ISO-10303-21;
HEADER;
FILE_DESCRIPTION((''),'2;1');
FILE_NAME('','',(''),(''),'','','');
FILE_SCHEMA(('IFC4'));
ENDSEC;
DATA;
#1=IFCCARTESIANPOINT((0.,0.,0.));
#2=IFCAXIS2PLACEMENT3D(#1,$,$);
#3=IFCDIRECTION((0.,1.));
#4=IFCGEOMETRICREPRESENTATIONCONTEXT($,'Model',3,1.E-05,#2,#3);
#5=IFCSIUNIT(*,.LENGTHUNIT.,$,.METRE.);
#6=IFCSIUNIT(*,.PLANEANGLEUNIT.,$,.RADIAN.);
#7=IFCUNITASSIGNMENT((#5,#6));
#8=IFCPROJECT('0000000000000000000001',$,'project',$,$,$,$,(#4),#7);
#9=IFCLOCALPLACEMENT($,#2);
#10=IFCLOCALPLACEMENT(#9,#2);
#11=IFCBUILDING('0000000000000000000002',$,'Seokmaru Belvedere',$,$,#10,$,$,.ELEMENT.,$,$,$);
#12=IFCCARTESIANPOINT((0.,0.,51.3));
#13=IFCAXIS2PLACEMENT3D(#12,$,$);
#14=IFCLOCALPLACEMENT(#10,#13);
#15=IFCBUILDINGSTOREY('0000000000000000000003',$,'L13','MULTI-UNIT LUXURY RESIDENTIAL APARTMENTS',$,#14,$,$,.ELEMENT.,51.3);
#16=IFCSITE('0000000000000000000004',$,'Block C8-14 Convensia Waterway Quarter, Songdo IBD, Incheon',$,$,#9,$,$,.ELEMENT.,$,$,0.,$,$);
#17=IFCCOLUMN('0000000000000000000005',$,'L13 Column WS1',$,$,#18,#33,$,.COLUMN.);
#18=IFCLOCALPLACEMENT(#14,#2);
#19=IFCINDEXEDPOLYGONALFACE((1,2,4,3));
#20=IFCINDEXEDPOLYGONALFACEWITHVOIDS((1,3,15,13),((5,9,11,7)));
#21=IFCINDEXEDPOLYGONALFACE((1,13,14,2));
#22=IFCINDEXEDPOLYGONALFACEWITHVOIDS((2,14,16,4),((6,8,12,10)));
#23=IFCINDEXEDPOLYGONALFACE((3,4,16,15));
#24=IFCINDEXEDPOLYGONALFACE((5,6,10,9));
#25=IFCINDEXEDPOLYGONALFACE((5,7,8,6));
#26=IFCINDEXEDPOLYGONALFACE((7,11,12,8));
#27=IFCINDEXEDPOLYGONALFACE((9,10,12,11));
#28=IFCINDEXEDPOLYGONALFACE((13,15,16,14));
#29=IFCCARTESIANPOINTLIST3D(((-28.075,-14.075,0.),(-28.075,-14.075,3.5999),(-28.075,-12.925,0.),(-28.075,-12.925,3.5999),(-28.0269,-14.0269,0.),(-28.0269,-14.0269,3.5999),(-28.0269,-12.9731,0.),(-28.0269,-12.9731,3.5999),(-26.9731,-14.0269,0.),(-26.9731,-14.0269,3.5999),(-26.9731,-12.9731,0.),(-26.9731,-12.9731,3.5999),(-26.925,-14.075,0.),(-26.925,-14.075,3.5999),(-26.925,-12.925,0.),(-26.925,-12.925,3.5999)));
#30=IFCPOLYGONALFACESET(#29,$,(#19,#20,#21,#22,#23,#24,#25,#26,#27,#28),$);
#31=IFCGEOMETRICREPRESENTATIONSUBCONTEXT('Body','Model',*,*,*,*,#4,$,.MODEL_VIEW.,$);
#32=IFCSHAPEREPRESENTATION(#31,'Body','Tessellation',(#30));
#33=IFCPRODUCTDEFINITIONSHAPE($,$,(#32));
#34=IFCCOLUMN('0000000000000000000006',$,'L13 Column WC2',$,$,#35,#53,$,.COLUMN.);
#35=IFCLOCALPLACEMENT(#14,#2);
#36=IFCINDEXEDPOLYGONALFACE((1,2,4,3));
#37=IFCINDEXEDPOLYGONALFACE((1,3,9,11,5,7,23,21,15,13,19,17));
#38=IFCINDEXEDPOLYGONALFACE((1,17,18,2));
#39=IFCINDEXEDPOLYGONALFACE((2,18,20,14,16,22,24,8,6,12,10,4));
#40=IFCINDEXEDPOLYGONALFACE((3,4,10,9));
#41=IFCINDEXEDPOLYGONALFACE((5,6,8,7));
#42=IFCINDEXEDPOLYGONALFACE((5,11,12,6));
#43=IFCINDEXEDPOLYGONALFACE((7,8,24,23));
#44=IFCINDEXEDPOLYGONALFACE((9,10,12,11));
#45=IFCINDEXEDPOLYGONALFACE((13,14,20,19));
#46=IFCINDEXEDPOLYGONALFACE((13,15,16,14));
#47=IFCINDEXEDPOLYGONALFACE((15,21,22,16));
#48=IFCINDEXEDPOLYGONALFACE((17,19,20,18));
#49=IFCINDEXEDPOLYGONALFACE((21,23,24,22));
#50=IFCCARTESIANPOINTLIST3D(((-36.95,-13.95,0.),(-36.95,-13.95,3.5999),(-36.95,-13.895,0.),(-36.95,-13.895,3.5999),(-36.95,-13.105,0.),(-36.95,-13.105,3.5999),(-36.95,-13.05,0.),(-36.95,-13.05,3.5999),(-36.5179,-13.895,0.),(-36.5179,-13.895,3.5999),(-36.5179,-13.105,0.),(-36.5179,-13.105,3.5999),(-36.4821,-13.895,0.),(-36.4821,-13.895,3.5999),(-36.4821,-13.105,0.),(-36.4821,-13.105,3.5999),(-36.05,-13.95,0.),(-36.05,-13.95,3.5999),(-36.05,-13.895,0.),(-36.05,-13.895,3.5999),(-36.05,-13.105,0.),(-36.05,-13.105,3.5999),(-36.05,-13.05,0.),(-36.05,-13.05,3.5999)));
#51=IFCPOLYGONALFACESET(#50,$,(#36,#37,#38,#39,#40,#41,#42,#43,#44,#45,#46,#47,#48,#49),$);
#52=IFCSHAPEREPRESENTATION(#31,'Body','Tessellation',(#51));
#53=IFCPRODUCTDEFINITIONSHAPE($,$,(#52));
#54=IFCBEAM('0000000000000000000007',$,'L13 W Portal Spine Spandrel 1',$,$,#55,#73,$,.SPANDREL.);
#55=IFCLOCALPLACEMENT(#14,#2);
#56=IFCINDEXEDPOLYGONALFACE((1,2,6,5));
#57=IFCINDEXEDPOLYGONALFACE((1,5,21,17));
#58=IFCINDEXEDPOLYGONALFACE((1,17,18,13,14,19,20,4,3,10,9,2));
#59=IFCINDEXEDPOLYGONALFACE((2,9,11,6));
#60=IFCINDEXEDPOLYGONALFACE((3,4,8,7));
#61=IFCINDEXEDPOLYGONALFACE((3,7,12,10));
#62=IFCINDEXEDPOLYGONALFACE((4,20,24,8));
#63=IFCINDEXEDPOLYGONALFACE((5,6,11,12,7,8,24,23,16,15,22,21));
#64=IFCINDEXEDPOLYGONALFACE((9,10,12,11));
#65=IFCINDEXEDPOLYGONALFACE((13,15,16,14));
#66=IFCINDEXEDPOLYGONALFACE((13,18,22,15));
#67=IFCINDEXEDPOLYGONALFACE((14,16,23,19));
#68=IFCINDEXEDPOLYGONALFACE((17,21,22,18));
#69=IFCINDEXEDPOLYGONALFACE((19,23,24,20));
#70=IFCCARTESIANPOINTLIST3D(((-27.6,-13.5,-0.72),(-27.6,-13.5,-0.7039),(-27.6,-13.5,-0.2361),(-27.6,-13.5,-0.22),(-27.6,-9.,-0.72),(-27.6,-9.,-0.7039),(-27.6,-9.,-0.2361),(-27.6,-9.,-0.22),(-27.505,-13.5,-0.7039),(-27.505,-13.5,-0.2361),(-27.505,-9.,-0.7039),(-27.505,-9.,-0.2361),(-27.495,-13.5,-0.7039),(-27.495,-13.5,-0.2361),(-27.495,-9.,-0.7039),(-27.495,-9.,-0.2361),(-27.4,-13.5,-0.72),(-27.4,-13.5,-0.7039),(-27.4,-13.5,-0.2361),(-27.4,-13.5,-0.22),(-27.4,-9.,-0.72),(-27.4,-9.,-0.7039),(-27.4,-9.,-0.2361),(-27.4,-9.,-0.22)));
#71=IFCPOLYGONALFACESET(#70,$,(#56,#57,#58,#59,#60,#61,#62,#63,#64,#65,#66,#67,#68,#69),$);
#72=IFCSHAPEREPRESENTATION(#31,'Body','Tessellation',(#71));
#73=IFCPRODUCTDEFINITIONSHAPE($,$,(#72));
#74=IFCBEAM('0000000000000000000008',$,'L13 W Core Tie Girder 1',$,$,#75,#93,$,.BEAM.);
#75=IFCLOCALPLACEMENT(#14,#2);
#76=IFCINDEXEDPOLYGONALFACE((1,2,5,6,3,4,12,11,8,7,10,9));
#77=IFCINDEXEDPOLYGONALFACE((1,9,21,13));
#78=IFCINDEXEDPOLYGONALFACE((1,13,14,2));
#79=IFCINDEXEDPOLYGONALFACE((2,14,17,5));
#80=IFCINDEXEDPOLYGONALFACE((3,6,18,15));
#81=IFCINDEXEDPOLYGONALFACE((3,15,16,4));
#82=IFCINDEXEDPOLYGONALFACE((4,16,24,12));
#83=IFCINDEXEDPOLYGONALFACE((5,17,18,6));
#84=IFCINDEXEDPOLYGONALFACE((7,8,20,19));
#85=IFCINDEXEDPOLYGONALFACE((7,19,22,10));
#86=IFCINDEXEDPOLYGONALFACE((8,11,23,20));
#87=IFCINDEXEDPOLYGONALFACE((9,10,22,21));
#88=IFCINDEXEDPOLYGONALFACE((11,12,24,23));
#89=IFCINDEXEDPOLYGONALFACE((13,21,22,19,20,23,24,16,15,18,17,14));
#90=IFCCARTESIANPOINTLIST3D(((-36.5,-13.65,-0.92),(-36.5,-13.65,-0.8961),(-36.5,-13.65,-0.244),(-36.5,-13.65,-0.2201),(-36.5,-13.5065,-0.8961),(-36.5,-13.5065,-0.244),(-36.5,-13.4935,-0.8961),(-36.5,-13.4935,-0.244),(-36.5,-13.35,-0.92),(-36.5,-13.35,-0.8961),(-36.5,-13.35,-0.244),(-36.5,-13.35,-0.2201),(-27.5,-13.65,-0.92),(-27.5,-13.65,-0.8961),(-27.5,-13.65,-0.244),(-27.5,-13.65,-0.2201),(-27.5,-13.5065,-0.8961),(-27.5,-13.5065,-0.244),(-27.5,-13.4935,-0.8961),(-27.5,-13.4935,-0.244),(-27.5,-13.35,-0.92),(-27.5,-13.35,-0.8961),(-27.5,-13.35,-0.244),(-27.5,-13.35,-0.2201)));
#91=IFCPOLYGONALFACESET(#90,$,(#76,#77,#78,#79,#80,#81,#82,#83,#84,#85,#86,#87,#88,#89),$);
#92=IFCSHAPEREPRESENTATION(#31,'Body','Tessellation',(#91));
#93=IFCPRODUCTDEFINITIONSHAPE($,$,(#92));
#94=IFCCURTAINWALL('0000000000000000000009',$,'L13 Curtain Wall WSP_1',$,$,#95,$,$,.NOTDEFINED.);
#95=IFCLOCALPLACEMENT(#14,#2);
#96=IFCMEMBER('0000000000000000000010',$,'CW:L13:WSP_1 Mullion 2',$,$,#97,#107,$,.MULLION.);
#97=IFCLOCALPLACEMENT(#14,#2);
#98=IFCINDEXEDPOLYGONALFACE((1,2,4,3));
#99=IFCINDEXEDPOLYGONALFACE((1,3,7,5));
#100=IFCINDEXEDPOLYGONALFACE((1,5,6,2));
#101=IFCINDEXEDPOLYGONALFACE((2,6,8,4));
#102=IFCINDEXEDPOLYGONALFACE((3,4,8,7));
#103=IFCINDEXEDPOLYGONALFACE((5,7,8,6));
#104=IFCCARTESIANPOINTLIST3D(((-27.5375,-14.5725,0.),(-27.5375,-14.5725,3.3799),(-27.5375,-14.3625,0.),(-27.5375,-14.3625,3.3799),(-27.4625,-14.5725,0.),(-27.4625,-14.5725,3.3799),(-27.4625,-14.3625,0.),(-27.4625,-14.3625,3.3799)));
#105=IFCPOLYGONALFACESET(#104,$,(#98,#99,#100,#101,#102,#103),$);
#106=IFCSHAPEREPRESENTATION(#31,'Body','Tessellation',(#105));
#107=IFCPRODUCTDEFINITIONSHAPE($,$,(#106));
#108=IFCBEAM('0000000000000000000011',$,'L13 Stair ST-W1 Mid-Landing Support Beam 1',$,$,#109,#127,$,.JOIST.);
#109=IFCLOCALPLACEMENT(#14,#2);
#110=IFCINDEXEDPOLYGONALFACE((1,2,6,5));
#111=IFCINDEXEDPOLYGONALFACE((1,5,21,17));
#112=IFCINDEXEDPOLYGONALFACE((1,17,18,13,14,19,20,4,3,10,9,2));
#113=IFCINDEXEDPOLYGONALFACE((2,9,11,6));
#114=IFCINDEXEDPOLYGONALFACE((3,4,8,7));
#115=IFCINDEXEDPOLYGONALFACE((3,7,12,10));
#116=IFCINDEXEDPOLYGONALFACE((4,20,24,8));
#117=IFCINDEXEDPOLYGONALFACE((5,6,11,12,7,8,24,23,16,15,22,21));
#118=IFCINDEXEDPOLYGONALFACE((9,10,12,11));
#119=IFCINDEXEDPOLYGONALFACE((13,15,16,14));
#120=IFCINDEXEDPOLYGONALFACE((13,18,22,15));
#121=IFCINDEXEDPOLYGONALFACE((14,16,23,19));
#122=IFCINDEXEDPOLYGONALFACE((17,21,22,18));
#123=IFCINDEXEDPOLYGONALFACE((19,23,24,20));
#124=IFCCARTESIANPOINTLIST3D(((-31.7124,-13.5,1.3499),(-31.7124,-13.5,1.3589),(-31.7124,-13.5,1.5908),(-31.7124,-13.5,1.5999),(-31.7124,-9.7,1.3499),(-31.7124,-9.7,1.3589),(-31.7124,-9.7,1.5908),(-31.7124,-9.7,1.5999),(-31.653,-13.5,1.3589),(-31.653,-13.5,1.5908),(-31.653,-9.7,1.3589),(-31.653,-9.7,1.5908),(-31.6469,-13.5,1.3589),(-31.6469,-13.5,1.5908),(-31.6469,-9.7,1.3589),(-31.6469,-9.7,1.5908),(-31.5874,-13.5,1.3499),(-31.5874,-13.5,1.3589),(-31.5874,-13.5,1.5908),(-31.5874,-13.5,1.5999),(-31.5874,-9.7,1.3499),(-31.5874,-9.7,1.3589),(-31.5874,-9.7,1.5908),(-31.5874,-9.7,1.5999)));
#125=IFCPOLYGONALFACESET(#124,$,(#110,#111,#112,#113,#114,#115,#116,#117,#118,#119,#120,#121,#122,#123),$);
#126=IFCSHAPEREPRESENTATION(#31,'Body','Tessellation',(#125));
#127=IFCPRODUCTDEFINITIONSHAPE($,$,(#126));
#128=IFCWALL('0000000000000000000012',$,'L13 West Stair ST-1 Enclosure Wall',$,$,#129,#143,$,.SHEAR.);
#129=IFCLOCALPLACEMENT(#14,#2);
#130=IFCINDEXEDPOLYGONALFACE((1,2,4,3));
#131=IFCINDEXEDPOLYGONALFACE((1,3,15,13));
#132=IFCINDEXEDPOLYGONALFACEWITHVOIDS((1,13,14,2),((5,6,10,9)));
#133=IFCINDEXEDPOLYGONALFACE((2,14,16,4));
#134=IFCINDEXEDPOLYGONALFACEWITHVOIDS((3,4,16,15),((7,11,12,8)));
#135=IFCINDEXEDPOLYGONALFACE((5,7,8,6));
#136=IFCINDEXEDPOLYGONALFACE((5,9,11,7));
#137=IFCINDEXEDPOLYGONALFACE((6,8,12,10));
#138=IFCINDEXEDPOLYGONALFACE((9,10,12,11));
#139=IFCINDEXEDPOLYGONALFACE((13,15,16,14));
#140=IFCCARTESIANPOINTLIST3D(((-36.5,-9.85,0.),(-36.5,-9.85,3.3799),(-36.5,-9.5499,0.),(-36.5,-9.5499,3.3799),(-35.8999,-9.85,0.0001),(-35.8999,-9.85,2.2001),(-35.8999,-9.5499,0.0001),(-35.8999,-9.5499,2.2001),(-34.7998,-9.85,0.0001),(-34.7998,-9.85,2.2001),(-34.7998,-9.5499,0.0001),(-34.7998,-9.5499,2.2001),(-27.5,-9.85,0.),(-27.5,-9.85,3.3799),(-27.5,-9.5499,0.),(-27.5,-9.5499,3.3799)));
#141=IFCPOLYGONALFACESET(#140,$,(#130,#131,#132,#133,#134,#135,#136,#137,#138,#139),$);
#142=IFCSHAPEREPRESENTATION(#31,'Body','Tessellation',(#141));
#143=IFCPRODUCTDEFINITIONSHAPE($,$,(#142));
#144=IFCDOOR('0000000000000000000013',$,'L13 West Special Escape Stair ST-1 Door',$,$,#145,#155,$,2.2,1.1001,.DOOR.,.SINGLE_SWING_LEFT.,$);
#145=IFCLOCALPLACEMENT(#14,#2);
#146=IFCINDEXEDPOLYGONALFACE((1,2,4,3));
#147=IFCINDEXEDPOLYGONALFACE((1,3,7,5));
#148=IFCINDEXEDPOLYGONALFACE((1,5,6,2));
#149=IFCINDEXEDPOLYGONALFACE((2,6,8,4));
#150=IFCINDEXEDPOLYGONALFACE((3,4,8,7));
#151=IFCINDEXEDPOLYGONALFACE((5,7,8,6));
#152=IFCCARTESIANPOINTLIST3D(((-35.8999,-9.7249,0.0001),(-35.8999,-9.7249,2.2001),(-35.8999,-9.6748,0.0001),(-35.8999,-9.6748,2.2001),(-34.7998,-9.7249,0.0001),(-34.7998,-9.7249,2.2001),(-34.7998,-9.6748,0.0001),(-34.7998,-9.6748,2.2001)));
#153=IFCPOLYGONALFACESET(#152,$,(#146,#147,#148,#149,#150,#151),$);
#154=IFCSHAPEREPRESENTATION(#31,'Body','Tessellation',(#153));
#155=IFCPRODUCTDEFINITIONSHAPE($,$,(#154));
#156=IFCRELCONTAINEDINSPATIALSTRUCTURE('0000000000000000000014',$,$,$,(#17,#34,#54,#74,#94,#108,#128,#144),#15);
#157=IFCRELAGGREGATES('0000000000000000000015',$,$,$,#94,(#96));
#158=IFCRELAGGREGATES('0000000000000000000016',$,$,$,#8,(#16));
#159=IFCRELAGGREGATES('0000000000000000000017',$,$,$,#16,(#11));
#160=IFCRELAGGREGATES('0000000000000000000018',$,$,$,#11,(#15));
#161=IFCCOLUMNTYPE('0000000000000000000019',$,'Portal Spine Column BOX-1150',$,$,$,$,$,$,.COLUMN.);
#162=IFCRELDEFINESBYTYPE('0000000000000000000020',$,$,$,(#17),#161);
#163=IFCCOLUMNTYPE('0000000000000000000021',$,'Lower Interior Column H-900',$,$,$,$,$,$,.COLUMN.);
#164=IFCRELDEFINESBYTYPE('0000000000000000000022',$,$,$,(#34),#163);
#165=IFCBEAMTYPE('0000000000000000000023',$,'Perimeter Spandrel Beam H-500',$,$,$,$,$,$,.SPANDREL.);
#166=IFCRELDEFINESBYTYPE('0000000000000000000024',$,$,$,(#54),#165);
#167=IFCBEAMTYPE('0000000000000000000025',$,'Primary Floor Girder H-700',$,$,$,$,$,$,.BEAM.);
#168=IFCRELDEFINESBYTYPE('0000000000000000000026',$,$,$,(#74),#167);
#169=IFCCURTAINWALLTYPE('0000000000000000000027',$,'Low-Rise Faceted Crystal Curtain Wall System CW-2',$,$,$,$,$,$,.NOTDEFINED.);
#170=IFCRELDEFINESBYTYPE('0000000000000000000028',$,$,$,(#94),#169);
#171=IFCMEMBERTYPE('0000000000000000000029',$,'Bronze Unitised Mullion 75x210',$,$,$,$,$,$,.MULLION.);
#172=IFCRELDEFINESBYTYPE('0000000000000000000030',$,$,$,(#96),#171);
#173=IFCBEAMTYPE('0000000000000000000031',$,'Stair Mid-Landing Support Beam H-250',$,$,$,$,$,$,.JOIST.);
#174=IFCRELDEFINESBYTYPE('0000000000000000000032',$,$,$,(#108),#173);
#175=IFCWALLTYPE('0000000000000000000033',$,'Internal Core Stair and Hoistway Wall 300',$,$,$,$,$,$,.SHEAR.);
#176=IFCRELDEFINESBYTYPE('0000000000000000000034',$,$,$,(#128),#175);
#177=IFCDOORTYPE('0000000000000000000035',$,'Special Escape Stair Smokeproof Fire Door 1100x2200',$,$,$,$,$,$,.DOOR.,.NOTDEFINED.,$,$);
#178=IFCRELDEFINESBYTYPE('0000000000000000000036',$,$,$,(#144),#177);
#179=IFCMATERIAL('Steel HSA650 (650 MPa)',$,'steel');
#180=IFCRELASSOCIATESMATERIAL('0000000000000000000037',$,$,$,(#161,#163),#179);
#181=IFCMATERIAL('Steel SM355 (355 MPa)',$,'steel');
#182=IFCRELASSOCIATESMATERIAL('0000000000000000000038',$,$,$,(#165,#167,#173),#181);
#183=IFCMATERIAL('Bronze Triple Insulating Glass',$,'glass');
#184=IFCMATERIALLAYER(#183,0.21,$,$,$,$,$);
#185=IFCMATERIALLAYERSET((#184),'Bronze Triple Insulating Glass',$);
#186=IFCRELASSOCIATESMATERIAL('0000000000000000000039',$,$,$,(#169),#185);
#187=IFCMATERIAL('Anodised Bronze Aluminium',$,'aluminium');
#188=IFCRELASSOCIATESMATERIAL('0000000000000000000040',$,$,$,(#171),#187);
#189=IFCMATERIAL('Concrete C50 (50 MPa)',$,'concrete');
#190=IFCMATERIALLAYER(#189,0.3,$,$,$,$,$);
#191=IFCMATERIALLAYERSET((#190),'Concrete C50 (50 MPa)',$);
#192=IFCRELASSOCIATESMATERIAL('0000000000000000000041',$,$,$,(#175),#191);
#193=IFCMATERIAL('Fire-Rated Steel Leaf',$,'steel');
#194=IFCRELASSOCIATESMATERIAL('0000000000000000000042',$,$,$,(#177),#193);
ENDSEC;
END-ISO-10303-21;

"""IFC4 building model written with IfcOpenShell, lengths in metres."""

from ifc_helpers import new_model, si_unit, direction, frame, frame_2d, origin, origin_2d, place, context, subcontext, project, spatial, rectangle, hollow_rectangle, i_section, extrude, source, transform, mapped, material, layer, layer_set, material_profile, profile_set, type_object, type_shapes, element, fill, aggregate, save


model = new_model("IFC4")

# Units and contexts
model_context = context("Model", 3, precision=1e-05, world=origin(), true_north=direction((0.0, 1.0)))
body_context = subcontext(model_context, "Body", "Model", "MODEL_VIEW")
ifc_project = project(units=[si_unit("LENGTHUNIT", "METRE"), si_unit("PLANEANGLEUNIT", "RADIAN")], contexts=[model_context])

# Site, building, storey
site_placement = place(None, origin())
site = spatial("IfcSite", under=ifc_project, at=site_placement, Name="Block C8-14 Convensia Waterway Quarter, Songdo IBD, Incheon", CompositionType="ELEMENT", RefElevation=0.0)
building_placement = place(site_placement, origin())
building = spatial("IfcBuilding", under=site, at=building_placement, Name="Seokmaru Belvedere", CompositionType="ELEMENT")
storey_placement = place(building_placement, frame((0.0, 0.0, 51.3)))
storey = spatial("IfcBuildingStorey", under=building, at=storey_placement, Name="L13", Description="MULTI-UNIT LUXURY RESIDENTIAL APARTMENTS", CompositionType="ELEMENT", Elevation=51.3)

# Columns
ifc_material_1 = material(Name="Steel HSA650 (650 MPa)", Category="steel")
ifc_material_profile_1 = material_profile(ifc_material_1, hollow_rectangle(XDim=1.1499, YDim=1.1499, WallThickness=0.0481, at=origin_2d()), Name="BOX-1150x1150x48")
ifc_profile_set_1 = profile_set([ifc_material_profile_1], Name="Steel HSA650 (650 MPa)")
column_type_1 = type_object("IfcColumnType", Name="Portal Spine Column BOX-1150", PredefinedType="COLUMN", material=ifc_profile_set_1)
shared_shape_1 = source(origin(), body_context, "Body", "SweptSolid", [
    extrude(hollow_rectangle(XDim=1.1499, YDim=1.1499, WallThickness=0.0481, at=origin_2d()), origin(), (0.0, 0.0, 1.0), 3.5999),
])
type_shapes(column_type_1, [shared_shape_1])
column_1_placement = place(storey_placement, frame((-27.5, -13.5, 0.0), z_axis=(0.0, 0.0, 1.0), x_axis=(1.0, 0.0, 0.0)))
element("IfcColumn", 1, at=column_1_placement, inside=storey, type_object=column_type_1, Name="L13 Column WS1", PredefinedType="COLUMN", context=body_context, shape_type="MappedRepresentation", body=[
    mapped(shared_shape_1, transform((0.0, 0.0, 0.0), scale=1.0)),
])
ifc_material_profile_2 = material_profile(ifc_material_1, i_section(OverallWidth=0.8999, OverallDepth=0.8999, WebThickness=0.0359, FlangeThickness=0.0549, at=origin_2d()), Name="H-900x900x36x55")
ifc_profile_set_2 = profile_set([ifc_material_profile_2], Name="Steel HSA650 (650 MPa)")
column_type_2 = type_object("IfcColumnType", Name="Lower Interior Column H-900", PredefinedType="COLUMN", material=ifc_profile_set_2)
shared_shape_2 = source(origin(), body_context, "Body", "SweptSolid", [
    extrude(i_section(OverallWidth=0.8999, OverallDepth=0.8999, WebThickness=0.0359, FlangeThickness=0.0549, at=origin_2d()), origin(), (0.0, 0.0, 1.0), 3.5999),
])
type_shapes(column_type_2, [shared_shape_2])
column_2_placement = place(storey_placement, frame((-36.5, -13.5, 0.0), z_axis=(0.0, 0.0, 1.0), x_axis=(1.0, 0.0, 0.0)))
element("IfcColumn", 2, at=column_2_placement, inside=storey, type_object=column_type_2, Name="L13 Column WC2", PredefinedType="COLUMN", context=body_context, shape_type="MappedRepresentation", body=[
    mapped(shared_shape_2, transform((0.0, 0.0, 0.0), scale=1.0)),
])

# Beams
ifc_material_2 = material(Name="Steel SM355 (355 MPa)", Category="steel")
ifc_material_profile_3 = material_profile(ifc_material_2, i_section(OverallWidth=0.2, OverallDepth=0.5, WebThickness=0.01, FlangeThickness=0.0161, at=origin_2d()), Name="H-500x200x10x16")
ifc_profile_set_3 = profile_set([ifc_material_profile_3], Name="Steel SM355 (355 MPa)")
beam_type_1 = type_object("IfcBeamType", Name="Perimeter Spandrel Beam H-500", PredefinedType="SPANDREL", material=ifc_profile_set_3)
shared_shape_3 = source(origin(), body_context, "Body", "SweptSolid", [
    extrude(i_section(OverallWidth=0.2, OverallDepth=0.5, WebThickness=0.01, FlangeThickness=0.0161, at=origin_2d()), origin(), (0.0, 0.0, 1.0), 4.5),
])
type_shapes(beam_type_1, [shared_shape_3])
beam_1_placement = place(storey_placement, frame((-27.5, -13.5, -0.47), z_axis=(0.0, 1.0, 0.0), x_axis=(-1.0, 0.0, 0.0)))
element("IfcBeam", 3, at=beam_1_placement, inside=storey, type_object=beam_type_1, Name="L13 W Portal Spine Spandrel 1", PredefinedType="SPANDREL", context=body_context, shape_type="MappedRepresentation", body=[
    mapped(shared_shape_3, transform((0.0, 0.0, 0.0), scale=1.0)),
])
ifc_material_profile_4 = material_profile(ifc_material_2, i_section(OverallWidth=0.3, OverallDepth=0.7, WebThickness=0.0129, FlangeThickness=0.0239, at=origin_2d()), Name="H-700x300x13x24")
ifc_profile_set_4 = profile_set([ifc_material_profile_4], Name="Steel SM355 (355 MPa)")
beam_type_2 = type_object("IfcBeamType", Name="Primary Floor Girder H-700", PredefinedType="BEAM", material=ifc_profile_set_4)
shared_shape_4 = source(origin(), body_context, "Body", "SweptSolid", [
    extrude(i_section(OverallWidth=0.3, OverallDepth=0.7, WebThickness=0.0129, FlangeThickness=0.0239, at=origin_2d()), origin(), (0.0, 0.0, 1.0), 9.0),
])
type_shapes(beam_type_2, [shared_shape_4])
beam_2_placement = place(storey_placement, frame((-36.5, -13.5, -0.5701), z_axis=(1.0, 0.0, 0.0), x_axis=(0.0, 1.0, 0.0)))
element("IfcBeam", 4, at=beam_2_placement, inside=storey, type_object=beam_type_2, Name="L13 W Core Tie Girder 1", PredefinedType="BEAM", context=body_context, shape_type="MappedRepresentation", body=[
    mapped(shared_shape_4, transform((0.0, 0.0, 0.0), scale=1.0)),
])

# Curtain wall, member
ifc_material_3 = material(Name="Bronze Triple Insulating Glass", Category="glass")
ifc_layer_1 = layer(ifc_material_3, 0.21)
ifc_layer_set_1 = layer_set([ifc_layer_1], Name="Bronze Triple Insulating Glass")
curtain_wall_type = type_object("IfcCurtainWallType", Name="Low-Rise Faceted Crystal Curtain Wall System CW-2", PredefinedType="NOTDEFINED", material=ifc_layer_set_1)
curtain_wall_placement = place(storey_placement, origin())
curtain_wall = element("IfcCurtainWall", 5, at=curtain_wall_placement, inside=storey, type_object=curtain_wall_type, Name="L13 Curtain Wall WSP_1", PredefinedType="NOTDEFINED")
ifc_material_4 = material(Name="Anodised Bronze Aluminium", Category="aluminium")
ifc_material_profile_5 = material_profile(ifc_material_4, rectangle(XDim=0.075, YDim=0.21, at=origin_2d()), Name="CW-M-75x210")
ifc_profile_set_5 = profile_set([ifc_material_profile_5], Name="Anodised Bronze Aluminium")
member_type = type_object("IfcMemberType", Name="Bronze Unitised Mullion 75x210", PredefinedType="MULLION", material=ifc_profile_set_5)
shared_shape_5 = source(origin(), body_context, "Body", "SweptSolid", [
    extrude(rectangle(XDim=0.075, YDim=0.21, at=origin_2d()), origin(), (0.0, 0.0, 1.0), 3.3799),
])
type_shapes(member_type, [shared_shape_5])
member_placement = place(storey_placement, frame((-27.5, -14.4675, 0.0), z_axis=(0.0, 0.0, 1.0), x_axis=(-1.0, 0.0, 0.0)))
member = element("IfcMember", 6, at=member_placement, type_object=member_type, Name="CW:L13:WSP_1 Mullion 2", PredefinedType="MULLION", context=body_context, shape_type="MappedRepresentation", body=[
    mapped(shared_shape_5, transform((0.0, 0.0, 0.0), scale=1.0)),
])
aggregate(curtain_wall, [member])

# Beam
ifc_material_profile_6 = material_profile(ifc_material_2, i_section(OverallWidth=0.125, OverallDepth=0.25, WebThickness=0.0061, FlangeThickness=0.009, at=origin_2d()), Name="H-250x125x6x9")
ifc_profile_set_6 = profile_set([ifc_material_profile_6], Name="Steel SM355 (355 MPa)")
beam_type_3 = type_object("IfcBeamType", Name="Stair Mid-Landing Support Beam H-250", PredefinedType="JOIST", material=ifc_profile_set_6)
shared_shape_6 = source(origin(), body_context, "Body", "SweptSolid", [
    extrude(i_section(OverallWidth=0.125, OverallDepth=0.25, WebThickness=0.0061, FlangeThickness=0.009, at=origin_2d()), origin(), (0.0, 0.0, 1.0), 3.8),
])
type_shapes(beam_type_3, [shared_shape_6])
beam_3_placement = place(storey_placement, frame((-31.6499, -13.5, 1.4749), z_axis=(0.0, 1.0, 0.0), x_axis=(-1.0, 0.0, 0.0)))
element("IfcBeam", 7, at=beam_3_placement, inside=storey, type_object=beam_type_3, Name="L13 Stair ST-W1 Mid-Landing Support Beam 1", PredefinedType="JOIST", context=body_context, shape_type="MappedRepresentation", body=[
    mapped(shared_shape_6, transform((0.0, 0.0, 0.0), scale=1.0)),
])

# Wall, opening, door
ifc_material_5 = material(Name="Concrete C50 (50 MPa)", Category="concrete")
ifc_layer_2 = layer(ifc_material_5, 0.3)
ifc_layer_set_2 = layer_set([ifc_layer_2], Name="Concrete C50 (50 MPa)")
wall_type_1 = type_object("IfcWallType", Name="Internal Core Stair and Hoistway Wall 300", PredefinedType="SHEAR", material=ifc_layer_set_2)
wall_1_placement = place(storey_placement, frame((-36.5, -9.7, 0.0), z_axis=(0.0, 0.0, 1.0), x_axis=(1.0, 0.0, 0.0)))
wall_1 = element("IfcWall", 8, at=wall_1_placement, inside=storey, type_object=wall_type_1, Name="L13 West Stair ST-1 Enclosure Wall", PredefinedType="SHEAR", context=body_context, shape_type="SweptSolid", body=[
    extrude(rectangle(XDim=9.0, YDim=0.3, at=frame_2d((4.5, 0.0))), origin(), (0.0, 0.0, 1.0), 3.3799),
])
opening_1_placement = place(wall_1_placement, frame((0.6001, 0.0, 0.0)))
opening_1 = element("IfcOpeningElement", 9, at=opening_1_placement, cuts=wall_1, PredefinedType="OPENING", context=body_context, shape_type="SweptSolid", body=[
    extrude(rectangle(XDim=1.1001, YDim=2.2, at=frame_2d((0.55, 1.1001))), frame((0.0, 0.1602, 0.0), z_axis=(0.0, -1.0, 0.0), x_axis=(1.0, 0.0, 0.0)), (0.0, 0.0, 1.0), 0.3201),
])
ifc_material_6 = material(Name="Fire-Rated Steel Leaf", Category="steel")
door_type_1 = type_object("IfcDoorType", Name="Special Escape Stair Smokeproof Fire Door 1100x2200", OperationType="NOTDEFINED", PredefinedType="DOOR", material=ifc_material_6)
shared_shape_7 = source(origin(), body_context, "Body", "SweptSolid", [
    extrude(rectangle(XDim=1.1001, YDim=2.2, at=frame_2d((0.55, 1.1001))), frame((0.0, 0.0249, 0.0), z_axis=(0.0, -1.0, 0.0), x_axis=(1.0, 0.0, 0.0)), (0.0, 0.0, 1.0), 0.05),
])
type_shapes(door_type_1, [shared_shape_7])
door_1_placement = place(opening_1_placement, frame((1.1001, 0.0, 0.0), z_axis=(0.0, 0.0, 1.0), x_axis=(-1.0, 0.0, 0.0)))
door_1 = element("IfcDoor", 10, at=door_1_placement, inside=storey, type_object=door_type_1, Name="L13 West Special Escape Stair ST-1 Door", OperationType="SINGLE_SWING_LEFT", OverallHeight=2.2, OverallWidth=1.1001, PredefinedType="DOOR", context=body_context, shape_type="MappedRepresentation", body=[
    mapped(shared_shape_7, transform((0.0, 0.0, 0.0), scale=1.0)),
])
fill(opening_1, door_1)

save(model, "model.ifc")
